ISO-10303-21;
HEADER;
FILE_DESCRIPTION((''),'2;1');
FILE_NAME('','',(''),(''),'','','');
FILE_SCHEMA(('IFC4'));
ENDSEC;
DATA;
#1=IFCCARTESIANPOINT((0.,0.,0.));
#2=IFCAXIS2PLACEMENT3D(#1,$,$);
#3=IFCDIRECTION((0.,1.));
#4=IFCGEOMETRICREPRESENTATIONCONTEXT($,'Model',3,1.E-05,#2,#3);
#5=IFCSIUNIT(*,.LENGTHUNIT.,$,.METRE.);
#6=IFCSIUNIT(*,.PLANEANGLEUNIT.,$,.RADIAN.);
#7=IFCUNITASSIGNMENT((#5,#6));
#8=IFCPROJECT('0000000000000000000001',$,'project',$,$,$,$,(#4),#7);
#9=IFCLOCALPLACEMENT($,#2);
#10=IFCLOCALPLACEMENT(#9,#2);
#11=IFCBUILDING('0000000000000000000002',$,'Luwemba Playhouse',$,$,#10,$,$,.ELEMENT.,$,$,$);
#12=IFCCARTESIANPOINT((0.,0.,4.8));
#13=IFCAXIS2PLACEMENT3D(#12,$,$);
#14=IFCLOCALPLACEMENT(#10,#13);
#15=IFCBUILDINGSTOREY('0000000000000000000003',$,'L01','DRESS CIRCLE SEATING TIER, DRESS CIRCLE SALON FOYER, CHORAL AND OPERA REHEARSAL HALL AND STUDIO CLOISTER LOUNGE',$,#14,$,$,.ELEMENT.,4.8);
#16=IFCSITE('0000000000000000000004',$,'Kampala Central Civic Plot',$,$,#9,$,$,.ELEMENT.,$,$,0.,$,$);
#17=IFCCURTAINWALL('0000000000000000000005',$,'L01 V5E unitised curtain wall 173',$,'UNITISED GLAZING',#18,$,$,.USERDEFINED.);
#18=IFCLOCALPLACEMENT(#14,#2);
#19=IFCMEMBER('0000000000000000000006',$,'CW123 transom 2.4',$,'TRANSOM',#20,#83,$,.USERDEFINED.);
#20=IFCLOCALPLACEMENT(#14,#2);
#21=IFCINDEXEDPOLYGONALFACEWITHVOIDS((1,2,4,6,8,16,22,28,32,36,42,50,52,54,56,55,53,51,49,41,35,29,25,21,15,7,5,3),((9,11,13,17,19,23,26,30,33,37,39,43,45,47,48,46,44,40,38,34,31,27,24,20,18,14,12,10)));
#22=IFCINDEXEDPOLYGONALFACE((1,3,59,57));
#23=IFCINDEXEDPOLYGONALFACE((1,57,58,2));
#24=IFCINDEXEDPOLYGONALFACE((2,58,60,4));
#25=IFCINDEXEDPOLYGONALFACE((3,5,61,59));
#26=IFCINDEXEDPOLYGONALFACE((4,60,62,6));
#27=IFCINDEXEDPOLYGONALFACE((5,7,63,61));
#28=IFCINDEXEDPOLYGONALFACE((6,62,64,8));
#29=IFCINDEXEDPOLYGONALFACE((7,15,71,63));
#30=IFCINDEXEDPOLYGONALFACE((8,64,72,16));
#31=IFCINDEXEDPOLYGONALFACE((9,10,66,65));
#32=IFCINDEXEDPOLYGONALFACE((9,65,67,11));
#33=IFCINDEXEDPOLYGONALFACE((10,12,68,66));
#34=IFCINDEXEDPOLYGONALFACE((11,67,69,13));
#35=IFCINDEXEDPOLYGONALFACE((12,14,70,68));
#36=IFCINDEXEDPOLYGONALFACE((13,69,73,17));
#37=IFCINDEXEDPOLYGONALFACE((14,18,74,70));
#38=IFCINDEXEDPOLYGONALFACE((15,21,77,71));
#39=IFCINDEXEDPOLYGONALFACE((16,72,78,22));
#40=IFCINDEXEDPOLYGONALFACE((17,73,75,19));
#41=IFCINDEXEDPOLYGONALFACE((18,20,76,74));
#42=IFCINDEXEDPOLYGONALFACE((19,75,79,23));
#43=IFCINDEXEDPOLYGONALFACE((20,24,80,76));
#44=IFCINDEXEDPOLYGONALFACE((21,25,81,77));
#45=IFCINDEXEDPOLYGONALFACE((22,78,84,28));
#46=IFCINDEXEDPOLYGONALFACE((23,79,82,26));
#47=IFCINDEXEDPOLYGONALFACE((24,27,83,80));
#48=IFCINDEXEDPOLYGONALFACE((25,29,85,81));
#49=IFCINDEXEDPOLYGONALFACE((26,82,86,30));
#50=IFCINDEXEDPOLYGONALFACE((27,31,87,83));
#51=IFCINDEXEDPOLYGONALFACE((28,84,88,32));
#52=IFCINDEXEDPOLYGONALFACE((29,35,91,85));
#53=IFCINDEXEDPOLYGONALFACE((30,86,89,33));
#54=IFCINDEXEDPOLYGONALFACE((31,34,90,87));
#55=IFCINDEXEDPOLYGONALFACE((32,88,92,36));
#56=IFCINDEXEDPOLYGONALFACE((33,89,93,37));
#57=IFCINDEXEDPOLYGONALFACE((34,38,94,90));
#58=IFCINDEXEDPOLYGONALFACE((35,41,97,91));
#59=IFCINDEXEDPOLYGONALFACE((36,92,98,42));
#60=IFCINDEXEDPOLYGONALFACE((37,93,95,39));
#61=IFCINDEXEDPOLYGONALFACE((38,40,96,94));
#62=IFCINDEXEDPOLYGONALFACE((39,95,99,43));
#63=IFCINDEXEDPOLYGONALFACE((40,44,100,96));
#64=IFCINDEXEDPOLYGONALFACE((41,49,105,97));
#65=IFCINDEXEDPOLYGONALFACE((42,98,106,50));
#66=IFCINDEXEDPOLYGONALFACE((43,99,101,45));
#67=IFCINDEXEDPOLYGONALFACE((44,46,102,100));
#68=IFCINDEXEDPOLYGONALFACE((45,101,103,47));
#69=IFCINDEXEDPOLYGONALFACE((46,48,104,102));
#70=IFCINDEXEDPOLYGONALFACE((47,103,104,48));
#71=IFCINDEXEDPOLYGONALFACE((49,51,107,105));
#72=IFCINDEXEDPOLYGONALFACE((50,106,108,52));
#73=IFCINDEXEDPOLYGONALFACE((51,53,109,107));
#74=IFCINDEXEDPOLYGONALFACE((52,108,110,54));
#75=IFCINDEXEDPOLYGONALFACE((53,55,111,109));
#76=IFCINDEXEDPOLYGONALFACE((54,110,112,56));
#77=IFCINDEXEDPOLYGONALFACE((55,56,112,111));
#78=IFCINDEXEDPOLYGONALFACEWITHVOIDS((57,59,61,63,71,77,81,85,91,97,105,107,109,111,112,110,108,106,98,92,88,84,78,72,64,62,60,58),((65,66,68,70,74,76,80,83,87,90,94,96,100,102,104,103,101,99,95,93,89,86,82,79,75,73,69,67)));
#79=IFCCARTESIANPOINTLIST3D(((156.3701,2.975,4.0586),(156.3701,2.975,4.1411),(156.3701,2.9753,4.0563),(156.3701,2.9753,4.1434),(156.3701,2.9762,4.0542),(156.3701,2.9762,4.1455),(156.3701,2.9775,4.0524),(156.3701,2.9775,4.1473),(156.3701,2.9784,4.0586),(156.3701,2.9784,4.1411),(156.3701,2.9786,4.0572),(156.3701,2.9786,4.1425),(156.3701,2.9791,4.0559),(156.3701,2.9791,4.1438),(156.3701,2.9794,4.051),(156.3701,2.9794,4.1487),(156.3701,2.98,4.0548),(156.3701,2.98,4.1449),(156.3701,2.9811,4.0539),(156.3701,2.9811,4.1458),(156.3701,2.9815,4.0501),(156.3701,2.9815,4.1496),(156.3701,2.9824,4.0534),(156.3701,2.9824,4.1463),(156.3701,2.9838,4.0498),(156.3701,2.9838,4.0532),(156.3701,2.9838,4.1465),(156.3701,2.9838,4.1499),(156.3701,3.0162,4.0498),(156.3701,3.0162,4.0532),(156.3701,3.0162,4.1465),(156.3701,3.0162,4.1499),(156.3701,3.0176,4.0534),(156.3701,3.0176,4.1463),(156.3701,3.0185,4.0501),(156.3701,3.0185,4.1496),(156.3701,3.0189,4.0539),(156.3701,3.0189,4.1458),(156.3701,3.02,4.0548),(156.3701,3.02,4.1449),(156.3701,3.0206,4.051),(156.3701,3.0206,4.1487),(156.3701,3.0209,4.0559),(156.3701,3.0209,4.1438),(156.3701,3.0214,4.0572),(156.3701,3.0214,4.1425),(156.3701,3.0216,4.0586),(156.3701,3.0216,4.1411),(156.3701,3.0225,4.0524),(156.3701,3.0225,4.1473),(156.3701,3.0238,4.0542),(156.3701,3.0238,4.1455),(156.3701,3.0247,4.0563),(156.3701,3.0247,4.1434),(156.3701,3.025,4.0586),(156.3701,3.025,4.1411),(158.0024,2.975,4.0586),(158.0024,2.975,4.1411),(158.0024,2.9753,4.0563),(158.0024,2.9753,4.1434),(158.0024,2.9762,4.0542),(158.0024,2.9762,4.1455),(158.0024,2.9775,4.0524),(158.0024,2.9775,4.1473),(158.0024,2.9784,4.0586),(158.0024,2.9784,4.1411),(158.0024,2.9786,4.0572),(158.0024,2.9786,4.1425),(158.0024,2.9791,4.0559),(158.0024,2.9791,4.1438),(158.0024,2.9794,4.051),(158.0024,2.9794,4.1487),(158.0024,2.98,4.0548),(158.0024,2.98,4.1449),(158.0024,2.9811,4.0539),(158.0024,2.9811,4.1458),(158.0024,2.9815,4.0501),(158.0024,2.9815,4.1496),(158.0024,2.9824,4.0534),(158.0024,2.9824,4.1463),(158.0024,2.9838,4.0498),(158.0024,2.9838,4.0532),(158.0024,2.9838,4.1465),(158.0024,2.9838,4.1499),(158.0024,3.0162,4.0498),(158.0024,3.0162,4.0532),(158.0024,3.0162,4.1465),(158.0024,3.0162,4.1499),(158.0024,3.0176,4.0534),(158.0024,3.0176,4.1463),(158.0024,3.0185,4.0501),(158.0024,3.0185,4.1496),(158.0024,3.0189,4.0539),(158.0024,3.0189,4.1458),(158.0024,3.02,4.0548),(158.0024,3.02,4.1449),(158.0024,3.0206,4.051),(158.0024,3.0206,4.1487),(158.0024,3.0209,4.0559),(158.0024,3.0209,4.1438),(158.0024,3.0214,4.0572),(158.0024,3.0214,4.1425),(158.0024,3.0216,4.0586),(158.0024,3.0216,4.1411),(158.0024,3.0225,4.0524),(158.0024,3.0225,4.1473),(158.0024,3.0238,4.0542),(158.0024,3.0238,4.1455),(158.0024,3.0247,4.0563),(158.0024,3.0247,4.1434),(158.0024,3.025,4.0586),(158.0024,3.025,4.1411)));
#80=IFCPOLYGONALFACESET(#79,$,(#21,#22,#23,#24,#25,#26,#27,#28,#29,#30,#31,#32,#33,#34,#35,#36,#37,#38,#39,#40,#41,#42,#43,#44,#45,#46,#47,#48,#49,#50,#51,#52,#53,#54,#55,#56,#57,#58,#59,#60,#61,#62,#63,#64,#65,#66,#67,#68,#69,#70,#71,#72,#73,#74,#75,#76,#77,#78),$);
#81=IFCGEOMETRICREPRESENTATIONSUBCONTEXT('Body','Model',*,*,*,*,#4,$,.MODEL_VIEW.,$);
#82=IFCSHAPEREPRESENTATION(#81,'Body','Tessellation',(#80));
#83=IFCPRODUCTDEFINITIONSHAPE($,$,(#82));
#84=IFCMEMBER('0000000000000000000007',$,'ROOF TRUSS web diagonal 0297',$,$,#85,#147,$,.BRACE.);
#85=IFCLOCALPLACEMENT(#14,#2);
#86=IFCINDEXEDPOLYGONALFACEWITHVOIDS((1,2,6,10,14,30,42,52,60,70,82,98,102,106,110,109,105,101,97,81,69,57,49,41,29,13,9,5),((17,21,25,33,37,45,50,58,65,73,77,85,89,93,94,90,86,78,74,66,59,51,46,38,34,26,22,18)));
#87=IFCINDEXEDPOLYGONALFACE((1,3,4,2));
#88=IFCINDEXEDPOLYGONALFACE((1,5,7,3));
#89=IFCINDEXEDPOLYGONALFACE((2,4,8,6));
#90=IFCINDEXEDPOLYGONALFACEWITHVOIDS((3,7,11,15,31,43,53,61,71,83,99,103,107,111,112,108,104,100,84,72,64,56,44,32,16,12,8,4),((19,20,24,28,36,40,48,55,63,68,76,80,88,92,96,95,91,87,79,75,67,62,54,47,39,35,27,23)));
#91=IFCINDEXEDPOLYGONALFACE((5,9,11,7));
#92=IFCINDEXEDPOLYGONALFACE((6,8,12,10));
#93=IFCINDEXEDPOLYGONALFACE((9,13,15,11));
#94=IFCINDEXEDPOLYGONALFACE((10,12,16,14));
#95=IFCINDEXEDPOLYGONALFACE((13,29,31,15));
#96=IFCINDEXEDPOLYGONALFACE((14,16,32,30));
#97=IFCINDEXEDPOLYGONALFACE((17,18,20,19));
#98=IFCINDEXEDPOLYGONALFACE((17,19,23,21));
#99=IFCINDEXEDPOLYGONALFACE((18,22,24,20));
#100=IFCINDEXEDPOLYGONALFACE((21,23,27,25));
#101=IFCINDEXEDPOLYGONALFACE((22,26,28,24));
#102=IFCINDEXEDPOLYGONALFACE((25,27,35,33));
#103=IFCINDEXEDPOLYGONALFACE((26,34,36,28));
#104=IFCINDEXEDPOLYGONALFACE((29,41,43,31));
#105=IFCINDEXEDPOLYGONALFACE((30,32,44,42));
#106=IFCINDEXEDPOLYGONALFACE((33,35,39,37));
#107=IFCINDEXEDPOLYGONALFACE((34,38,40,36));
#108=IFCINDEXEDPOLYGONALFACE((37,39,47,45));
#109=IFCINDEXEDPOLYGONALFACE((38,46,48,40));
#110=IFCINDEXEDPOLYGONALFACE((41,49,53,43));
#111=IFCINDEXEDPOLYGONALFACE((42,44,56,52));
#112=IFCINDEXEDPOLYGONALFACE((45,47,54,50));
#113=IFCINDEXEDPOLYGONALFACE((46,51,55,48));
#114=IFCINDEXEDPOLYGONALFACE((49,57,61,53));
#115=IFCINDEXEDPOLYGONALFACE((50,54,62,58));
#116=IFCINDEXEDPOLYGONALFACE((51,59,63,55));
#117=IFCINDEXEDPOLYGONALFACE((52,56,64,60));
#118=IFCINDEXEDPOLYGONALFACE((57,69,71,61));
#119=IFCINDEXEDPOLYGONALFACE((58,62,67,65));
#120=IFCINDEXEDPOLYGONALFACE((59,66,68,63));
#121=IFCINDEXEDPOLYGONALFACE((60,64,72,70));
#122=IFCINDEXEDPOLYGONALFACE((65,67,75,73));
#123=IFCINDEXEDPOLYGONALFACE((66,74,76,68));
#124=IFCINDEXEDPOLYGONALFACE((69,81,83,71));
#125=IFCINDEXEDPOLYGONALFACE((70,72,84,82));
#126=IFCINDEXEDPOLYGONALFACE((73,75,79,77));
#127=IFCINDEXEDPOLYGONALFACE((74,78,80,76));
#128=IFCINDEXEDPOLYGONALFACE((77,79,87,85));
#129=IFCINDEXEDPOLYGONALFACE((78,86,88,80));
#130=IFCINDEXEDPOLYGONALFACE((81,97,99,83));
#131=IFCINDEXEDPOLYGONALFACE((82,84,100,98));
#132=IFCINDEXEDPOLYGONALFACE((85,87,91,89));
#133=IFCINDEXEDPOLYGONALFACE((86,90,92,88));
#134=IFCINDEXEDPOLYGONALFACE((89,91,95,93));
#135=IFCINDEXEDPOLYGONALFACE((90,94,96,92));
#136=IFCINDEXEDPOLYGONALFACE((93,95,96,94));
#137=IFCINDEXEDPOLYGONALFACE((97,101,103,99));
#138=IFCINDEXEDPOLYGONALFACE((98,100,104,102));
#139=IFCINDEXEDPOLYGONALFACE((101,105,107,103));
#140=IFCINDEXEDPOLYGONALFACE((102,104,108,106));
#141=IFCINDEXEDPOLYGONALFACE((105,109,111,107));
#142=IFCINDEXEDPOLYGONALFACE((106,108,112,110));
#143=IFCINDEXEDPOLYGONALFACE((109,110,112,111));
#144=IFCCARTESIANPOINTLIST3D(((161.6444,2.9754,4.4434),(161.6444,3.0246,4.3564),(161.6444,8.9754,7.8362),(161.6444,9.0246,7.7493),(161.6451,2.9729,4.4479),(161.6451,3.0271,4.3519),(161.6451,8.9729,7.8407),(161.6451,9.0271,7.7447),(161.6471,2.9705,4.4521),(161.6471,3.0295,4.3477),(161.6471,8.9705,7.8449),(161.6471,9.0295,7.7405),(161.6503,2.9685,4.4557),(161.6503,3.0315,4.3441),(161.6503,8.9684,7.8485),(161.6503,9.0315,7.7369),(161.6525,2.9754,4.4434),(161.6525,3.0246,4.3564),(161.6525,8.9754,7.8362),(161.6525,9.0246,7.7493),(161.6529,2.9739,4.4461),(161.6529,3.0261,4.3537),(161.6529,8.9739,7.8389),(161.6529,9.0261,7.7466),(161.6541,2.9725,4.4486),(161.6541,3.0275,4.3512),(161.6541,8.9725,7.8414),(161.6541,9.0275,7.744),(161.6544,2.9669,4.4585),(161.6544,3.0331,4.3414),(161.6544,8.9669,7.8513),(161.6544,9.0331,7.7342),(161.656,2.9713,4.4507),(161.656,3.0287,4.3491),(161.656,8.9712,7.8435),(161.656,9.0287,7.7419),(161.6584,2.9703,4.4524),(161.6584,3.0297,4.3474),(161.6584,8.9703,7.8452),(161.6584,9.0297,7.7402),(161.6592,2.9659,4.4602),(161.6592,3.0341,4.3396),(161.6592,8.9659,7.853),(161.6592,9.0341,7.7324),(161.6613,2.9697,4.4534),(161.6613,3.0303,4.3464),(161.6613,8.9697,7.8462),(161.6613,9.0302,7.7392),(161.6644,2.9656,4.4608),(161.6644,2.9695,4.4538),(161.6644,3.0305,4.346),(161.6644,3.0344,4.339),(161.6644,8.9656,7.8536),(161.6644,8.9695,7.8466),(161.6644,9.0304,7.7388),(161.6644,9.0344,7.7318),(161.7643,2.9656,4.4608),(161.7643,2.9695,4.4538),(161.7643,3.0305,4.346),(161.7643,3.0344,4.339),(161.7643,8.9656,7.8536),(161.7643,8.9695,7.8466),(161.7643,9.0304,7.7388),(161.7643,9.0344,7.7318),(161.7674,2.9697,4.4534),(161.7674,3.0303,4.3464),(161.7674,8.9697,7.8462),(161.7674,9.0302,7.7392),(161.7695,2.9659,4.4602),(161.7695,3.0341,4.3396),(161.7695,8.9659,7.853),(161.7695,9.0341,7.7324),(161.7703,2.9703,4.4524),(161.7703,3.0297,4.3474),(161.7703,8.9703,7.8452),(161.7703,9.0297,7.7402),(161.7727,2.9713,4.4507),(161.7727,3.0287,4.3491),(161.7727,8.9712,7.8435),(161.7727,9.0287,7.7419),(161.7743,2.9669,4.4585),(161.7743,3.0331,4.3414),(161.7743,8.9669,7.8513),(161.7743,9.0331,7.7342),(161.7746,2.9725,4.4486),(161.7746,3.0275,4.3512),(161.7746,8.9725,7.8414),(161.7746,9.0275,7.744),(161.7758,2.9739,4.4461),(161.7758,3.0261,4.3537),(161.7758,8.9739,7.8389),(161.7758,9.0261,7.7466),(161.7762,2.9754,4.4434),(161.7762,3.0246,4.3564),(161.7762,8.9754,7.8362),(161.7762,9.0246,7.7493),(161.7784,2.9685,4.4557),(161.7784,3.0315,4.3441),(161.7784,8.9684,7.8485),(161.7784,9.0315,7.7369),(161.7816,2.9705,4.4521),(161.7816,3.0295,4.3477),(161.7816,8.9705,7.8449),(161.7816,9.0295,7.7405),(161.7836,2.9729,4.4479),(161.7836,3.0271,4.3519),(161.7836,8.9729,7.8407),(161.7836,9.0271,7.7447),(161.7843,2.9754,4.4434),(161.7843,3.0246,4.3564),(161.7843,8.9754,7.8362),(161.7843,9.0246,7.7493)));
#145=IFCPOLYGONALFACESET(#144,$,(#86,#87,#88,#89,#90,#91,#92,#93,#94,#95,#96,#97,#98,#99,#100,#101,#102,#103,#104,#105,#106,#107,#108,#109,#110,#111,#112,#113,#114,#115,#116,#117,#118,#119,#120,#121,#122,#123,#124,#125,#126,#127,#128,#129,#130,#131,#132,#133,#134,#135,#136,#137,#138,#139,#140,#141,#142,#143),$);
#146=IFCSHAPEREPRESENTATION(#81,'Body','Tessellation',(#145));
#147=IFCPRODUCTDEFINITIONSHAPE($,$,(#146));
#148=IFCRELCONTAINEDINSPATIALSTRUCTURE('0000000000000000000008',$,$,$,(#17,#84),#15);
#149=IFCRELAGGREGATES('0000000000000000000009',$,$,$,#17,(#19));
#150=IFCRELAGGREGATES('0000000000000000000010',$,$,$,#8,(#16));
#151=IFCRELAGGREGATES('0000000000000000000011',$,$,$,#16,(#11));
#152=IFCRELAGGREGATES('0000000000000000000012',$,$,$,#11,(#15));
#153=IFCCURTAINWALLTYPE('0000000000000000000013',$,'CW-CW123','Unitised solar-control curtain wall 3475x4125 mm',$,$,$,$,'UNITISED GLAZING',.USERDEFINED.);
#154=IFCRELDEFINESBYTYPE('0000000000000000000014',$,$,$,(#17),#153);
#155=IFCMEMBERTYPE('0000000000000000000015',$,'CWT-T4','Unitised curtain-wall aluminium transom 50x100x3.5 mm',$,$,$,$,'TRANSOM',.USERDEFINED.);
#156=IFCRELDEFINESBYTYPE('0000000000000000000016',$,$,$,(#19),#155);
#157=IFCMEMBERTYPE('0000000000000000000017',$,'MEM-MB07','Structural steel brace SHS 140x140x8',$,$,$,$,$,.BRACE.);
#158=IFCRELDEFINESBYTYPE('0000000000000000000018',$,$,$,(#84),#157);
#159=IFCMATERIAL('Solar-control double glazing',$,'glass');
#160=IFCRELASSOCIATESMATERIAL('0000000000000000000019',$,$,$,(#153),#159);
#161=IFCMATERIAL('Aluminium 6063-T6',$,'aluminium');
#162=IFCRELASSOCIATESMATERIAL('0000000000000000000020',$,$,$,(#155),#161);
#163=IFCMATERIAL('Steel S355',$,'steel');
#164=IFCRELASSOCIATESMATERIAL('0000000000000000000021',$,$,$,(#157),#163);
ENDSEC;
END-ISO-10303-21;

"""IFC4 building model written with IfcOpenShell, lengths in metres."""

from ifc_helpers import new_model, si_unit, direction, frame, origin, origin_2d, place, context, subcontext, project, spatial, hollow_rectangle, extrude, material, material_profile, profile_set, type_object, element, aggregate, save


model = new_model("IFC4")

# Units and contexts
model_context = context("Model", 3, precision=1e-05, world=origin(), true_north=direction((0.0, 1.0)))
body_context = subcontext(model_context, "Body", "Model", "MODEL_VIEW")
ifc_project = project(units=[si_unit("LENGTHUNIT", "METRE"), si_unit("PLANEANGLEUNIT", "RADIAN")], contexts=[model_context])

# Site, building, storey
site_placement = place(None, origin())
site = spatial("IfcSite", under=ifc_project, at=site_placement, Name="Kampala Central Civic Plot", CompositionType="ELEMENT", RefElevation=0.0)
building_placement = place(site_placement, origin())
building = spatial("IfcBuilding", under=site, at=building_placement, Name="Luwemba Playhouse", CompositionType="ELEMENT")
storey_placement = place(building_placement, frame((0.0, 0.0, 4.8)))
storey = spatial("IfcBuildingStorey", under=building, at=storey_placement, Name="L01", Description="DRESS CIRCLE SEATING TIER, DRESS CIRCLE SALON FOYER, CHORAL AND OPERA REHEARSAL HALL AND STUDIO CLOISTER LOUNGE", CompositionType="ELEMENT", Elevation=4.8)

# Shared definitions
ifc_material_1 = material(Name="Steel S355", Category="steel")

# Shared definitions
ifc_material_2 = material(Name="Solar-control double glazing", Category="glass")
ifc_material_3 = material(Name="Aluminium 6063-T6", Category="aluminium")

# Curtain wall, member
curtain_wall_type_1 = type_object("IfcCurtainWallType", Name="CW-CW123", Description="Unitised solar-control curtain wall 3475x4125 mm", ElementType="UNITISED GLAZING", PredefinedType="USERDEFINED", material=ifc_material_2)
curtain_wall_1_placement = place(storey_placement, origin())
curtain_wall_1 = element("IfcCurtainWall", 1, at=curtain_wall_1_placement, inside=storey, type_object=curtain_wall_type_1, Name="L01 V5E unitised curtain wall 173", ObjectType="UNITISED GLAZING", PredefinedType="USERDEFINED")
ifc_material_profile_1 = material_profile(ifc_material_3, hollow_rectangle(XDim=0.05, YDim=0.1001, WallThickness=0.0034, InnerFilletRadius=0.0054, OuterFilletRadius=0.0088, at=origin_2d()))
ifc_profile_set_1 = profile_set([ifc_material_profile_1], Name="Aluminium 6063-T6")
member_type_1 = type_object("IfcMemberType", Name="CWT-T4", Description="Unitised curtain-wall aluminium transom 50x100x3.5 mm", ElementType="TRANSOM", PredefinedType="USERDEFINED", material=ifc_profile_set_1)
member_1_placement = place(storey_placement, frame((158.0024, 3.0, 4.0999), z_axis=(-1.0, 0.0, 0.0), x_axis=(0.0, -1.0, 0.0)))
member_1 = element("IfcMember", 2, at=member_1_placement, type_object=member_type_1, Name="CW123 transom 2.4", ObjectType="TRANSOM", PredefinedType="USERDEFINED", context=body_context, shape_type="SweptSolid", body=[
    extrude(hollow_rectangle(XDim=0.05, YDim=0.1001, WallThickness=0.0034, InnerFilletRadius=0.0054, OuterFilletRadius=0.0088, at=origin_2d()), origin(), (0.0, 0.0, 1.0), 1.6323),
])

# Member
ifc_material_profile_2 = material_profile(ifc_material_1, hollow_rectangle(XDim=0.1399, YDim=0.1399, WallThickness=0.0081, InnerFilletRadius=0.012, OuterFilletRadius=0.02, at=origin_2d()))
ifc_profile_set_2 = profile_set([ifc_material_profile_2], Name="Steel S355")
member_type_2 = type_object("IfcMemberType", Name="MEM-MB07", Description="Structural steel brace SHS 140x140x8", PredefinedType="BRACE", material=ifc_profile_set_2)
member_2_placement = place(storey_placement, frame((161.7144, 3.0, 4.3999), z_axis=(0.0, 0.870468, 0.492224), x_axis=(-1.0, 0.0, 0.0)))
element("IfcMember", 3, at=member_2_placement, inside=storey, type_object=member_type_2, Name="ROOF TRUSS web diagonal 0297", PredefinedType="BRACE", context=body_context, shape_type="SweptSolid", body=[
    extrude(hollow_rectangle(XDim=0.1399, YDim=0.1399, WallThickness=0.0081, InnerFilletRadius=0.012, OuterFilletRadius=0.02, at=origin_2d()), origin(), (0.0, 0.0, 1.0), 6.8928),
])

aggregate(curtain_wall_1, [member_1])

save(model, "model.ifc")
